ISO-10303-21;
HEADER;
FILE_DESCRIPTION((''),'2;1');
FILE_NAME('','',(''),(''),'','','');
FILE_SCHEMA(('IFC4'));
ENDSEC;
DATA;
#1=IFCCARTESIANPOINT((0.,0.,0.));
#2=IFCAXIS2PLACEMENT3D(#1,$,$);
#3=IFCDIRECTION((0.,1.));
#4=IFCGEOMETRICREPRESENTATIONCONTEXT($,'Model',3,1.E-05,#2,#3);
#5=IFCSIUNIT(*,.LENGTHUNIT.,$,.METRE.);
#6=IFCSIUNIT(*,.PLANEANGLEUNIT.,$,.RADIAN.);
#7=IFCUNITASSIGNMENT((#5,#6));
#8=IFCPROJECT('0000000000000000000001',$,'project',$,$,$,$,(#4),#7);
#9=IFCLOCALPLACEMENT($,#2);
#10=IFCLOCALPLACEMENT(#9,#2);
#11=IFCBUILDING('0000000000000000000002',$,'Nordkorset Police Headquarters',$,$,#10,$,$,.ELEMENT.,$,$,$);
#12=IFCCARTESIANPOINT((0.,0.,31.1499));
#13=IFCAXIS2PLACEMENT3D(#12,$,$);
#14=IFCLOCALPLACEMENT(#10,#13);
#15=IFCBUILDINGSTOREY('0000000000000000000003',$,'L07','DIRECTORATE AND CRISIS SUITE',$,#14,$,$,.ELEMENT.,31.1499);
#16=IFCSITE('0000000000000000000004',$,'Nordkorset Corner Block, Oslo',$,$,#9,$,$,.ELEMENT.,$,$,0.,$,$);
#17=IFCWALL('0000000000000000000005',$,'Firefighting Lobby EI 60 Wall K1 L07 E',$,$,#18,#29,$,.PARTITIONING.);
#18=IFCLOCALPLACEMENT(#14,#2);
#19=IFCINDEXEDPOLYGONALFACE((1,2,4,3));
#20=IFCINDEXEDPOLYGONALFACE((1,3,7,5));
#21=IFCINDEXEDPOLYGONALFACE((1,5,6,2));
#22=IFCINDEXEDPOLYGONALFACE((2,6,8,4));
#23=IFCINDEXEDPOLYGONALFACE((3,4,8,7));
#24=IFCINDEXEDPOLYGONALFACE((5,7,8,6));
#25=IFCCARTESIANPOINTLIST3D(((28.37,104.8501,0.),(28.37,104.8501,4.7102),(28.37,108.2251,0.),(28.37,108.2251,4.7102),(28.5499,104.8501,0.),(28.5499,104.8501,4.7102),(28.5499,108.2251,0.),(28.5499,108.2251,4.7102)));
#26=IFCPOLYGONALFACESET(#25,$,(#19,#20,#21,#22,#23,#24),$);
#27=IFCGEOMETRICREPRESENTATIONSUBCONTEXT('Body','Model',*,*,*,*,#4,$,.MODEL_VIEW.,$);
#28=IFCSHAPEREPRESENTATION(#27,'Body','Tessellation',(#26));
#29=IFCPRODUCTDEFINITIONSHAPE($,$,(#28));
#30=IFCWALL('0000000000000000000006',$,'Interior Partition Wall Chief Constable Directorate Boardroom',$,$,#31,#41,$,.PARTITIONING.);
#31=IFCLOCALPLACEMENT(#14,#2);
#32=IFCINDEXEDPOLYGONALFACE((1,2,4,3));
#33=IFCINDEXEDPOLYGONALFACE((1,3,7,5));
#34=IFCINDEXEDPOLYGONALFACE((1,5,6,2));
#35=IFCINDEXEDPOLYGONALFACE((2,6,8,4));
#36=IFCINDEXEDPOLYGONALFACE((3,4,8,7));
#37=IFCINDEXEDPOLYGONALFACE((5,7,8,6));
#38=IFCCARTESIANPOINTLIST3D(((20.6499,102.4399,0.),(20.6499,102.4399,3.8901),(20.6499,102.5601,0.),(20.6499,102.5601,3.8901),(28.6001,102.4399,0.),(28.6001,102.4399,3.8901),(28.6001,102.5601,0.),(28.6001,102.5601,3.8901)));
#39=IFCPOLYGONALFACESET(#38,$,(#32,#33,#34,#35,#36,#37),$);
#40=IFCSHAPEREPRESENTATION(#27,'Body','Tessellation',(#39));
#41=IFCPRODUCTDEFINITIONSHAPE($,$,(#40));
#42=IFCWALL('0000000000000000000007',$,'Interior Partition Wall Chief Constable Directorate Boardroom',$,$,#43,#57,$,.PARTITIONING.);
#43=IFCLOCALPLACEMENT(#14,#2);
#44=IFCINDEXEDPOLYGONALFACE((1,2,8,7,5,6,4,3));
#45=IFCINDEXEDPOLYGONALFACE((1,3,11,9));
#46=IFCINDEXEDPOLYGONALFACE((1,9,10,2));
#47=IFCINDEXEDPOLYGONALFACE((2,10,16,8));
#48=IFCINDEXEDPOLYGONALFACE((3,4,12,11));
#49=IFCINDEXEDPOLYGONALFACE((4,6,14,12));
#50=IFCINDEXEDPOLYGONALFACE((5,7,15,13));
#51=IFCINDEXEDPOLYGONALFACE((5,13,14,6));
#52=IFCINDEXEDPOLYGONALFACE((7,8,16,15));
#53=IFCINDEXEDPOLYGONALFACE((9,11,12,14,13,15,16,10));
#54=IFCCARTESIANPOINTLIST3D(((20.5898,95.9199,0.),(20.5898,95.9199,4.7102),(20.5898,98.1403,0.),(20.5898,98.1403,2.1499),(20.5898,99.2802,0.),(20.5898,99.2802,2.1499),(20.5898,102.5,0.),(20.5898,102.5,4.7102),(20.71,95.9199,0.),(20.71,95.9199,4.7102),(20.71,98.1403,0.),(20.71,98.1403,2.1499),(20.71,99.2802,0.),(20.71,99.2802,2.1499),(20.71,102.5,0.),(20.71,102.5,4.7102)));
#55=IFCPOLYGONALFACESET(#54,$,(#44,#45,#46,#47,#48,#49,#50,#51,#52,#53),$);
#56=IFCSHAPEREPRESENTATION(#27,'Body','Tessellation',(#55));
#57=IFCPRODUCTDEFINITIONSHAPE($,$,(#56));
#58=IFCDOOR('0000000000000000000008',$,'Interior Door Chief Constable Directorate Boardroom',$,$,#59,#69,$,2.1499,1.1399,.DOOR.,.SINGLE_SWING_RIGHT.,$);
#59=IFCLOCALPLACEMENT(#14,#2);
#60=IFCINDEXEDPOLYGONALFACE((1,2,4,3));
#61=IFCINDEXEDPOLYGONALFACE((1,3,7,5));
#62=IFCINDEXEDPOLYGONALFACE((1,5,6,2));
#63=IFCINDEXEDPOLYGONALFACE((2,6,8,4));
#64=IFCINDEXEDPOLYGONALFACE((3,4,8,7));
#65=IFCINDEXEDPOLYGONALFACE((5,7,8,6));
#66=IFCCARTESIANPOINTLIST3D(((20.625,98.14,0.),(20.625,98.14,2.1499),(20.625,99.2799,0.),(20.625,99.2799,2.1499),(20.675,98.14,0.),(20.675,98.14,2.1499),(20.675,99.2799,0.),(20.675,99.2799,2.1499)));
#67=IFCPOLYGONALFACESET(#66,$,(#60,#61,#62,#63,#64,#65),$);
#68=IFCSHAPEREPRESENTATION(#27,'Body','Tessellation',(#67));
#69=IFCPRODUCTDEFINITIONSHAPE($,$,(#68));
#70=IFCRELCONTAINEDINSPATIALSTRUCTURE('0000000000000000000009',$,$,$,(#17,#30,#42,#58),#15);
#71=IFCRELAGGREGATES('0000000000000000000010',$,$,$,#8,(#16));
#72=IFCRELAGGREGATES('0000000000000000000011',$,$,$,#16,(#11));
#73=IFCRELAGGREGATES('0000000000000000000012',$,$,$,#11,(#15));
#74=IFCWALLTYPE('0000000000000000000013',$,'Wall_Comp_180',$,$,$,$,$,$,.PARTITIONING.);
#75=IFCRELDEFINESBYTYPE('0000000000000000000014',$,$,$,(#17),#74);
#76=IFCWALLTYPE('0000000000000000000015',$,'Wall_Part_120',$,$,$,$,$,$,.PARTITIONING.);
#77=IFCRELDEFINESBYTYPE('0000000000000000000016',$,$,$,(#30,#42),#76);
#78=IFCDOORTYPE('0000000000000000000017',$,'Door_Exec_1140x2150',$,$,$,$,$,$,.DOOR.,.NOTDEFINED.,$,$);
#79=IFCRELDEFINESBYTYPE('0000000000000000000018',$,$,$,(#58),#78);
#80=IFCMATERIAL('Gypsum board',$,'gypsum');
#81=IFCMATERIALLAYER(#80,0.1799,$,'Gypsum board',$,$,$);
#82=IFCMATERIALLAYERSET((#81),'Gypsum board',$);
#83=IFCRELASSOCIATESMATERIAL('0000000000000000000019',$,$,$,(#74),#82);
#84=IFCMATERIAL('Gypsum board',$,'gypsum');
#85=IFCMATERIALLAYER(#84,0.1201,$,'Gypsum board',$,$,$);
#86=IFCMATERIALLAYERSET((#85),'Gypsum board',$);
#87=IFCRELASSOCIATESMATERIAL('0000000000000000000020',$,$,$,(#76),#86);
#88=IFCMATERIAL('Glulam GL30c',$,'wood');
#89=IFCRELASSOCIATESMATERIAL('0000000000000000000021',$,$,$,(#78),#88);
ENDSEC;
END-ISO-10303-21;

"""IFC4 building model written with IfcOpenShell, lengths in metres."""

from ifc_helpers import new_model, si_unit, direction, frame, frame_2d, origin, place, context, subcontext, project, spatial, rectangle, extrude, material, layer, layer_set, type_object, element, fill, save


model = new_model("IFC4")

# Units and contexts
model_context = context("Model", 3, precision=1e-05, world=origin(), true_north=direction((0.0, 1.0)))
body_context = subcontext(model_context, "Body", "Model", "MODEL_VIEW")
ifc_project = project(units=[si_unit("LENGTHUNIT", "METRE"), si_unit("PLANEANGLEUNIT", "RADIAN")], contexts=[model_context])

# Site, building, storey
site_placement = place(None, origin())
site = spatial("IfcSite", under=ifc_project, at=site_placement, Name="Nordkorset Corner Block, Oslo", CompositionType="ELEMENT", RefElevation=0.0)
building_placement = place(site_placement, origin())
building = spatial("IfcBuilding", under=site, at=building_placement, Name="Nordkorset Police Headquarters", CompositionType="ELEMENT")
storey_placement = place(building_placement, frame((0.0, 0.0, 31.1499)))
storey = spatial("IfcBuildingStorey", under=building, at=storey_placement, Name="L07", Description="DIRECTORATE AND CRISIS SUITE", CompositionType="ELEMENT", Elevation=31.1499)

# Shared definitions
ifc_material_1 = material(Name="Gypsum board", Category="gypsum")
ifc_layer_1 = layer(ifc_material_1, 0.1799, Name="Gypsum board")
ifc_layer_set_1 = layer_set([ifc_layer_1], Name="Gypsum board")
wall_type_1 = type_object("IfcWallType", Name="Wall_Comp_180", PredefinedType="PARTITIONING", material=ifc_layer_set_1)

# Walls
wall_1_placement = place(storey_placement, frame((28.46, 104.8501, 0.0), z_axis=(0.0, 0.0, 1.0), x_axis=(0.0, 1.0, 0.0)))
element("IfcWall", 1, at=wall_1_placement, inside=storey, type_object=wall_type_1, Name="Firefighting Lobby EI 60 Wall K1 L07 E", PredefinedType="PARTITIONING", context=body_context, shape_type="SweptSolid", body=[
    extrude(rectangle(XDim=3.375, YDim=0.1799, at=frame_2d((1.6875, 0.0))), origin(), (0.0, 0.0, 1.0), 4.7102),
])
ifc_material_2 = material(Name="Gypsum board", Category="gypsum")
ifc_layer_2 = layer(ifc_material_2, 0.1201, Name="Gypsum board")
ifc_layer_set_2 = layer_set([ifc_layer_2], Name="Gypsum board")
wall_type_2 = type_object("IfcWallType", Name="Wall_Part_120", PredefinedType="PARTITIONING", material=ifc_layer_set_2)
wall_2_placement = place(storey_placement, frame((28.6001, 102.5, 0.0), z_axis=(0.0, 0.0, 1.0), x_axis=(-1.0, 0.0, 0.0)))
element("IfcWall", 2, at=wall_2_placement, inside=storey, type_object=wall_type_2, Name="Interior Partition Wall Chief Constable Directorate Boardroom", PredefinedType="PARTITIONING", context=body_context, shape_type="SweptSolid", body=[
    extrude(rectangle(XDim=7.9502, YDim=0.1201, at=frame_2d((3.9751, 0.0))), origin(), (0.0, 0.0, 1.0), 3.8901),
])

# Wall, opening, door
wall_3_placement = place(storey_placement, frame((20.6499, 102.5, 0.0), z_axis=(0.0, 0.0, 1.0), x_axis=(0.0, -1.0, 0.0)))
wall_3 = element("IfcWall", 3, at=wall_3_placement, inside=storey, type_object=wall_type_2, Name="Interior Partition Wall Chief Constable Directorate Boardroom", PredefinedType="PARTITIONING", context=body_context, shape_type="SweptSolid", body=[
    extrude(rectangle(XDim=6.5801, YDim=0.1201, at=frame_2d((3.29, 0.0))), origin(), (0.0, 0.0, 1.0), 4.7102),
])
opening_1_placement = place(wall_3_placement, frame((3.22, 0.0, 0.0)))
opening_1 = element("IfcOpeningElement", 4, at=opening_1_placement, cuts=wall_3, PredefinedType="OPENING", context=body_context, shape_type="SweptSolid", body=[
    extrude(rectangle(XDim=1.1399, YDim=2.1499, at=frame_2d((0.5698, 1.075))), frame((0.0, 0.0701, 0.0), z_axis=(0.0, -1.0, 0.0), x_axis=(1.0, 0.0, 0.0)), (0.0, 0.0, 1.0), 0.1401),
])
ifc_material_3 = material(Name="Glulam GL30c", Category="wood")
door_type_1 = type_object("IfcDoorType", Name="Door_Exec_1140x2150", OperationType="NOTDEFINED", PredefinedType="DOOR", material=ifc_material_3)
door_1_placement = place(opening_1_placement, frame((1.1399, 0.0, 0.0), z_axis=(0.0, 0.0, 1.0), x_axis=(-1.0, 0.0, 0.0)))
door_1 = element("IfcDoor", 5, at=door_1_placement, inside=storey, type_object=door_type_1, Name="Interior Door Chief Constable Directorate Boardroom", OperationType="SINGLE_SWING_RIGHT", OverallHeight=2.1499, OverallWidth=1.1399, PredefinedType="DOOR", context=body_context, shape_type="SweptSolid", body=[
    extrude(rectangle(XDim=1.1399, YDim=2.1499, at=frame_2d((0.5698, 1.075))), frame((0.0, 0.0249, 0.0), z_axis=(0.0, -1.0, 0.0), x_axis=(1.0, 0.0, 0.0)), (0.0, 0.0, 1.0), 0.05),
])
fill(opening_1, door_1)

save(model, "model.ifc")
